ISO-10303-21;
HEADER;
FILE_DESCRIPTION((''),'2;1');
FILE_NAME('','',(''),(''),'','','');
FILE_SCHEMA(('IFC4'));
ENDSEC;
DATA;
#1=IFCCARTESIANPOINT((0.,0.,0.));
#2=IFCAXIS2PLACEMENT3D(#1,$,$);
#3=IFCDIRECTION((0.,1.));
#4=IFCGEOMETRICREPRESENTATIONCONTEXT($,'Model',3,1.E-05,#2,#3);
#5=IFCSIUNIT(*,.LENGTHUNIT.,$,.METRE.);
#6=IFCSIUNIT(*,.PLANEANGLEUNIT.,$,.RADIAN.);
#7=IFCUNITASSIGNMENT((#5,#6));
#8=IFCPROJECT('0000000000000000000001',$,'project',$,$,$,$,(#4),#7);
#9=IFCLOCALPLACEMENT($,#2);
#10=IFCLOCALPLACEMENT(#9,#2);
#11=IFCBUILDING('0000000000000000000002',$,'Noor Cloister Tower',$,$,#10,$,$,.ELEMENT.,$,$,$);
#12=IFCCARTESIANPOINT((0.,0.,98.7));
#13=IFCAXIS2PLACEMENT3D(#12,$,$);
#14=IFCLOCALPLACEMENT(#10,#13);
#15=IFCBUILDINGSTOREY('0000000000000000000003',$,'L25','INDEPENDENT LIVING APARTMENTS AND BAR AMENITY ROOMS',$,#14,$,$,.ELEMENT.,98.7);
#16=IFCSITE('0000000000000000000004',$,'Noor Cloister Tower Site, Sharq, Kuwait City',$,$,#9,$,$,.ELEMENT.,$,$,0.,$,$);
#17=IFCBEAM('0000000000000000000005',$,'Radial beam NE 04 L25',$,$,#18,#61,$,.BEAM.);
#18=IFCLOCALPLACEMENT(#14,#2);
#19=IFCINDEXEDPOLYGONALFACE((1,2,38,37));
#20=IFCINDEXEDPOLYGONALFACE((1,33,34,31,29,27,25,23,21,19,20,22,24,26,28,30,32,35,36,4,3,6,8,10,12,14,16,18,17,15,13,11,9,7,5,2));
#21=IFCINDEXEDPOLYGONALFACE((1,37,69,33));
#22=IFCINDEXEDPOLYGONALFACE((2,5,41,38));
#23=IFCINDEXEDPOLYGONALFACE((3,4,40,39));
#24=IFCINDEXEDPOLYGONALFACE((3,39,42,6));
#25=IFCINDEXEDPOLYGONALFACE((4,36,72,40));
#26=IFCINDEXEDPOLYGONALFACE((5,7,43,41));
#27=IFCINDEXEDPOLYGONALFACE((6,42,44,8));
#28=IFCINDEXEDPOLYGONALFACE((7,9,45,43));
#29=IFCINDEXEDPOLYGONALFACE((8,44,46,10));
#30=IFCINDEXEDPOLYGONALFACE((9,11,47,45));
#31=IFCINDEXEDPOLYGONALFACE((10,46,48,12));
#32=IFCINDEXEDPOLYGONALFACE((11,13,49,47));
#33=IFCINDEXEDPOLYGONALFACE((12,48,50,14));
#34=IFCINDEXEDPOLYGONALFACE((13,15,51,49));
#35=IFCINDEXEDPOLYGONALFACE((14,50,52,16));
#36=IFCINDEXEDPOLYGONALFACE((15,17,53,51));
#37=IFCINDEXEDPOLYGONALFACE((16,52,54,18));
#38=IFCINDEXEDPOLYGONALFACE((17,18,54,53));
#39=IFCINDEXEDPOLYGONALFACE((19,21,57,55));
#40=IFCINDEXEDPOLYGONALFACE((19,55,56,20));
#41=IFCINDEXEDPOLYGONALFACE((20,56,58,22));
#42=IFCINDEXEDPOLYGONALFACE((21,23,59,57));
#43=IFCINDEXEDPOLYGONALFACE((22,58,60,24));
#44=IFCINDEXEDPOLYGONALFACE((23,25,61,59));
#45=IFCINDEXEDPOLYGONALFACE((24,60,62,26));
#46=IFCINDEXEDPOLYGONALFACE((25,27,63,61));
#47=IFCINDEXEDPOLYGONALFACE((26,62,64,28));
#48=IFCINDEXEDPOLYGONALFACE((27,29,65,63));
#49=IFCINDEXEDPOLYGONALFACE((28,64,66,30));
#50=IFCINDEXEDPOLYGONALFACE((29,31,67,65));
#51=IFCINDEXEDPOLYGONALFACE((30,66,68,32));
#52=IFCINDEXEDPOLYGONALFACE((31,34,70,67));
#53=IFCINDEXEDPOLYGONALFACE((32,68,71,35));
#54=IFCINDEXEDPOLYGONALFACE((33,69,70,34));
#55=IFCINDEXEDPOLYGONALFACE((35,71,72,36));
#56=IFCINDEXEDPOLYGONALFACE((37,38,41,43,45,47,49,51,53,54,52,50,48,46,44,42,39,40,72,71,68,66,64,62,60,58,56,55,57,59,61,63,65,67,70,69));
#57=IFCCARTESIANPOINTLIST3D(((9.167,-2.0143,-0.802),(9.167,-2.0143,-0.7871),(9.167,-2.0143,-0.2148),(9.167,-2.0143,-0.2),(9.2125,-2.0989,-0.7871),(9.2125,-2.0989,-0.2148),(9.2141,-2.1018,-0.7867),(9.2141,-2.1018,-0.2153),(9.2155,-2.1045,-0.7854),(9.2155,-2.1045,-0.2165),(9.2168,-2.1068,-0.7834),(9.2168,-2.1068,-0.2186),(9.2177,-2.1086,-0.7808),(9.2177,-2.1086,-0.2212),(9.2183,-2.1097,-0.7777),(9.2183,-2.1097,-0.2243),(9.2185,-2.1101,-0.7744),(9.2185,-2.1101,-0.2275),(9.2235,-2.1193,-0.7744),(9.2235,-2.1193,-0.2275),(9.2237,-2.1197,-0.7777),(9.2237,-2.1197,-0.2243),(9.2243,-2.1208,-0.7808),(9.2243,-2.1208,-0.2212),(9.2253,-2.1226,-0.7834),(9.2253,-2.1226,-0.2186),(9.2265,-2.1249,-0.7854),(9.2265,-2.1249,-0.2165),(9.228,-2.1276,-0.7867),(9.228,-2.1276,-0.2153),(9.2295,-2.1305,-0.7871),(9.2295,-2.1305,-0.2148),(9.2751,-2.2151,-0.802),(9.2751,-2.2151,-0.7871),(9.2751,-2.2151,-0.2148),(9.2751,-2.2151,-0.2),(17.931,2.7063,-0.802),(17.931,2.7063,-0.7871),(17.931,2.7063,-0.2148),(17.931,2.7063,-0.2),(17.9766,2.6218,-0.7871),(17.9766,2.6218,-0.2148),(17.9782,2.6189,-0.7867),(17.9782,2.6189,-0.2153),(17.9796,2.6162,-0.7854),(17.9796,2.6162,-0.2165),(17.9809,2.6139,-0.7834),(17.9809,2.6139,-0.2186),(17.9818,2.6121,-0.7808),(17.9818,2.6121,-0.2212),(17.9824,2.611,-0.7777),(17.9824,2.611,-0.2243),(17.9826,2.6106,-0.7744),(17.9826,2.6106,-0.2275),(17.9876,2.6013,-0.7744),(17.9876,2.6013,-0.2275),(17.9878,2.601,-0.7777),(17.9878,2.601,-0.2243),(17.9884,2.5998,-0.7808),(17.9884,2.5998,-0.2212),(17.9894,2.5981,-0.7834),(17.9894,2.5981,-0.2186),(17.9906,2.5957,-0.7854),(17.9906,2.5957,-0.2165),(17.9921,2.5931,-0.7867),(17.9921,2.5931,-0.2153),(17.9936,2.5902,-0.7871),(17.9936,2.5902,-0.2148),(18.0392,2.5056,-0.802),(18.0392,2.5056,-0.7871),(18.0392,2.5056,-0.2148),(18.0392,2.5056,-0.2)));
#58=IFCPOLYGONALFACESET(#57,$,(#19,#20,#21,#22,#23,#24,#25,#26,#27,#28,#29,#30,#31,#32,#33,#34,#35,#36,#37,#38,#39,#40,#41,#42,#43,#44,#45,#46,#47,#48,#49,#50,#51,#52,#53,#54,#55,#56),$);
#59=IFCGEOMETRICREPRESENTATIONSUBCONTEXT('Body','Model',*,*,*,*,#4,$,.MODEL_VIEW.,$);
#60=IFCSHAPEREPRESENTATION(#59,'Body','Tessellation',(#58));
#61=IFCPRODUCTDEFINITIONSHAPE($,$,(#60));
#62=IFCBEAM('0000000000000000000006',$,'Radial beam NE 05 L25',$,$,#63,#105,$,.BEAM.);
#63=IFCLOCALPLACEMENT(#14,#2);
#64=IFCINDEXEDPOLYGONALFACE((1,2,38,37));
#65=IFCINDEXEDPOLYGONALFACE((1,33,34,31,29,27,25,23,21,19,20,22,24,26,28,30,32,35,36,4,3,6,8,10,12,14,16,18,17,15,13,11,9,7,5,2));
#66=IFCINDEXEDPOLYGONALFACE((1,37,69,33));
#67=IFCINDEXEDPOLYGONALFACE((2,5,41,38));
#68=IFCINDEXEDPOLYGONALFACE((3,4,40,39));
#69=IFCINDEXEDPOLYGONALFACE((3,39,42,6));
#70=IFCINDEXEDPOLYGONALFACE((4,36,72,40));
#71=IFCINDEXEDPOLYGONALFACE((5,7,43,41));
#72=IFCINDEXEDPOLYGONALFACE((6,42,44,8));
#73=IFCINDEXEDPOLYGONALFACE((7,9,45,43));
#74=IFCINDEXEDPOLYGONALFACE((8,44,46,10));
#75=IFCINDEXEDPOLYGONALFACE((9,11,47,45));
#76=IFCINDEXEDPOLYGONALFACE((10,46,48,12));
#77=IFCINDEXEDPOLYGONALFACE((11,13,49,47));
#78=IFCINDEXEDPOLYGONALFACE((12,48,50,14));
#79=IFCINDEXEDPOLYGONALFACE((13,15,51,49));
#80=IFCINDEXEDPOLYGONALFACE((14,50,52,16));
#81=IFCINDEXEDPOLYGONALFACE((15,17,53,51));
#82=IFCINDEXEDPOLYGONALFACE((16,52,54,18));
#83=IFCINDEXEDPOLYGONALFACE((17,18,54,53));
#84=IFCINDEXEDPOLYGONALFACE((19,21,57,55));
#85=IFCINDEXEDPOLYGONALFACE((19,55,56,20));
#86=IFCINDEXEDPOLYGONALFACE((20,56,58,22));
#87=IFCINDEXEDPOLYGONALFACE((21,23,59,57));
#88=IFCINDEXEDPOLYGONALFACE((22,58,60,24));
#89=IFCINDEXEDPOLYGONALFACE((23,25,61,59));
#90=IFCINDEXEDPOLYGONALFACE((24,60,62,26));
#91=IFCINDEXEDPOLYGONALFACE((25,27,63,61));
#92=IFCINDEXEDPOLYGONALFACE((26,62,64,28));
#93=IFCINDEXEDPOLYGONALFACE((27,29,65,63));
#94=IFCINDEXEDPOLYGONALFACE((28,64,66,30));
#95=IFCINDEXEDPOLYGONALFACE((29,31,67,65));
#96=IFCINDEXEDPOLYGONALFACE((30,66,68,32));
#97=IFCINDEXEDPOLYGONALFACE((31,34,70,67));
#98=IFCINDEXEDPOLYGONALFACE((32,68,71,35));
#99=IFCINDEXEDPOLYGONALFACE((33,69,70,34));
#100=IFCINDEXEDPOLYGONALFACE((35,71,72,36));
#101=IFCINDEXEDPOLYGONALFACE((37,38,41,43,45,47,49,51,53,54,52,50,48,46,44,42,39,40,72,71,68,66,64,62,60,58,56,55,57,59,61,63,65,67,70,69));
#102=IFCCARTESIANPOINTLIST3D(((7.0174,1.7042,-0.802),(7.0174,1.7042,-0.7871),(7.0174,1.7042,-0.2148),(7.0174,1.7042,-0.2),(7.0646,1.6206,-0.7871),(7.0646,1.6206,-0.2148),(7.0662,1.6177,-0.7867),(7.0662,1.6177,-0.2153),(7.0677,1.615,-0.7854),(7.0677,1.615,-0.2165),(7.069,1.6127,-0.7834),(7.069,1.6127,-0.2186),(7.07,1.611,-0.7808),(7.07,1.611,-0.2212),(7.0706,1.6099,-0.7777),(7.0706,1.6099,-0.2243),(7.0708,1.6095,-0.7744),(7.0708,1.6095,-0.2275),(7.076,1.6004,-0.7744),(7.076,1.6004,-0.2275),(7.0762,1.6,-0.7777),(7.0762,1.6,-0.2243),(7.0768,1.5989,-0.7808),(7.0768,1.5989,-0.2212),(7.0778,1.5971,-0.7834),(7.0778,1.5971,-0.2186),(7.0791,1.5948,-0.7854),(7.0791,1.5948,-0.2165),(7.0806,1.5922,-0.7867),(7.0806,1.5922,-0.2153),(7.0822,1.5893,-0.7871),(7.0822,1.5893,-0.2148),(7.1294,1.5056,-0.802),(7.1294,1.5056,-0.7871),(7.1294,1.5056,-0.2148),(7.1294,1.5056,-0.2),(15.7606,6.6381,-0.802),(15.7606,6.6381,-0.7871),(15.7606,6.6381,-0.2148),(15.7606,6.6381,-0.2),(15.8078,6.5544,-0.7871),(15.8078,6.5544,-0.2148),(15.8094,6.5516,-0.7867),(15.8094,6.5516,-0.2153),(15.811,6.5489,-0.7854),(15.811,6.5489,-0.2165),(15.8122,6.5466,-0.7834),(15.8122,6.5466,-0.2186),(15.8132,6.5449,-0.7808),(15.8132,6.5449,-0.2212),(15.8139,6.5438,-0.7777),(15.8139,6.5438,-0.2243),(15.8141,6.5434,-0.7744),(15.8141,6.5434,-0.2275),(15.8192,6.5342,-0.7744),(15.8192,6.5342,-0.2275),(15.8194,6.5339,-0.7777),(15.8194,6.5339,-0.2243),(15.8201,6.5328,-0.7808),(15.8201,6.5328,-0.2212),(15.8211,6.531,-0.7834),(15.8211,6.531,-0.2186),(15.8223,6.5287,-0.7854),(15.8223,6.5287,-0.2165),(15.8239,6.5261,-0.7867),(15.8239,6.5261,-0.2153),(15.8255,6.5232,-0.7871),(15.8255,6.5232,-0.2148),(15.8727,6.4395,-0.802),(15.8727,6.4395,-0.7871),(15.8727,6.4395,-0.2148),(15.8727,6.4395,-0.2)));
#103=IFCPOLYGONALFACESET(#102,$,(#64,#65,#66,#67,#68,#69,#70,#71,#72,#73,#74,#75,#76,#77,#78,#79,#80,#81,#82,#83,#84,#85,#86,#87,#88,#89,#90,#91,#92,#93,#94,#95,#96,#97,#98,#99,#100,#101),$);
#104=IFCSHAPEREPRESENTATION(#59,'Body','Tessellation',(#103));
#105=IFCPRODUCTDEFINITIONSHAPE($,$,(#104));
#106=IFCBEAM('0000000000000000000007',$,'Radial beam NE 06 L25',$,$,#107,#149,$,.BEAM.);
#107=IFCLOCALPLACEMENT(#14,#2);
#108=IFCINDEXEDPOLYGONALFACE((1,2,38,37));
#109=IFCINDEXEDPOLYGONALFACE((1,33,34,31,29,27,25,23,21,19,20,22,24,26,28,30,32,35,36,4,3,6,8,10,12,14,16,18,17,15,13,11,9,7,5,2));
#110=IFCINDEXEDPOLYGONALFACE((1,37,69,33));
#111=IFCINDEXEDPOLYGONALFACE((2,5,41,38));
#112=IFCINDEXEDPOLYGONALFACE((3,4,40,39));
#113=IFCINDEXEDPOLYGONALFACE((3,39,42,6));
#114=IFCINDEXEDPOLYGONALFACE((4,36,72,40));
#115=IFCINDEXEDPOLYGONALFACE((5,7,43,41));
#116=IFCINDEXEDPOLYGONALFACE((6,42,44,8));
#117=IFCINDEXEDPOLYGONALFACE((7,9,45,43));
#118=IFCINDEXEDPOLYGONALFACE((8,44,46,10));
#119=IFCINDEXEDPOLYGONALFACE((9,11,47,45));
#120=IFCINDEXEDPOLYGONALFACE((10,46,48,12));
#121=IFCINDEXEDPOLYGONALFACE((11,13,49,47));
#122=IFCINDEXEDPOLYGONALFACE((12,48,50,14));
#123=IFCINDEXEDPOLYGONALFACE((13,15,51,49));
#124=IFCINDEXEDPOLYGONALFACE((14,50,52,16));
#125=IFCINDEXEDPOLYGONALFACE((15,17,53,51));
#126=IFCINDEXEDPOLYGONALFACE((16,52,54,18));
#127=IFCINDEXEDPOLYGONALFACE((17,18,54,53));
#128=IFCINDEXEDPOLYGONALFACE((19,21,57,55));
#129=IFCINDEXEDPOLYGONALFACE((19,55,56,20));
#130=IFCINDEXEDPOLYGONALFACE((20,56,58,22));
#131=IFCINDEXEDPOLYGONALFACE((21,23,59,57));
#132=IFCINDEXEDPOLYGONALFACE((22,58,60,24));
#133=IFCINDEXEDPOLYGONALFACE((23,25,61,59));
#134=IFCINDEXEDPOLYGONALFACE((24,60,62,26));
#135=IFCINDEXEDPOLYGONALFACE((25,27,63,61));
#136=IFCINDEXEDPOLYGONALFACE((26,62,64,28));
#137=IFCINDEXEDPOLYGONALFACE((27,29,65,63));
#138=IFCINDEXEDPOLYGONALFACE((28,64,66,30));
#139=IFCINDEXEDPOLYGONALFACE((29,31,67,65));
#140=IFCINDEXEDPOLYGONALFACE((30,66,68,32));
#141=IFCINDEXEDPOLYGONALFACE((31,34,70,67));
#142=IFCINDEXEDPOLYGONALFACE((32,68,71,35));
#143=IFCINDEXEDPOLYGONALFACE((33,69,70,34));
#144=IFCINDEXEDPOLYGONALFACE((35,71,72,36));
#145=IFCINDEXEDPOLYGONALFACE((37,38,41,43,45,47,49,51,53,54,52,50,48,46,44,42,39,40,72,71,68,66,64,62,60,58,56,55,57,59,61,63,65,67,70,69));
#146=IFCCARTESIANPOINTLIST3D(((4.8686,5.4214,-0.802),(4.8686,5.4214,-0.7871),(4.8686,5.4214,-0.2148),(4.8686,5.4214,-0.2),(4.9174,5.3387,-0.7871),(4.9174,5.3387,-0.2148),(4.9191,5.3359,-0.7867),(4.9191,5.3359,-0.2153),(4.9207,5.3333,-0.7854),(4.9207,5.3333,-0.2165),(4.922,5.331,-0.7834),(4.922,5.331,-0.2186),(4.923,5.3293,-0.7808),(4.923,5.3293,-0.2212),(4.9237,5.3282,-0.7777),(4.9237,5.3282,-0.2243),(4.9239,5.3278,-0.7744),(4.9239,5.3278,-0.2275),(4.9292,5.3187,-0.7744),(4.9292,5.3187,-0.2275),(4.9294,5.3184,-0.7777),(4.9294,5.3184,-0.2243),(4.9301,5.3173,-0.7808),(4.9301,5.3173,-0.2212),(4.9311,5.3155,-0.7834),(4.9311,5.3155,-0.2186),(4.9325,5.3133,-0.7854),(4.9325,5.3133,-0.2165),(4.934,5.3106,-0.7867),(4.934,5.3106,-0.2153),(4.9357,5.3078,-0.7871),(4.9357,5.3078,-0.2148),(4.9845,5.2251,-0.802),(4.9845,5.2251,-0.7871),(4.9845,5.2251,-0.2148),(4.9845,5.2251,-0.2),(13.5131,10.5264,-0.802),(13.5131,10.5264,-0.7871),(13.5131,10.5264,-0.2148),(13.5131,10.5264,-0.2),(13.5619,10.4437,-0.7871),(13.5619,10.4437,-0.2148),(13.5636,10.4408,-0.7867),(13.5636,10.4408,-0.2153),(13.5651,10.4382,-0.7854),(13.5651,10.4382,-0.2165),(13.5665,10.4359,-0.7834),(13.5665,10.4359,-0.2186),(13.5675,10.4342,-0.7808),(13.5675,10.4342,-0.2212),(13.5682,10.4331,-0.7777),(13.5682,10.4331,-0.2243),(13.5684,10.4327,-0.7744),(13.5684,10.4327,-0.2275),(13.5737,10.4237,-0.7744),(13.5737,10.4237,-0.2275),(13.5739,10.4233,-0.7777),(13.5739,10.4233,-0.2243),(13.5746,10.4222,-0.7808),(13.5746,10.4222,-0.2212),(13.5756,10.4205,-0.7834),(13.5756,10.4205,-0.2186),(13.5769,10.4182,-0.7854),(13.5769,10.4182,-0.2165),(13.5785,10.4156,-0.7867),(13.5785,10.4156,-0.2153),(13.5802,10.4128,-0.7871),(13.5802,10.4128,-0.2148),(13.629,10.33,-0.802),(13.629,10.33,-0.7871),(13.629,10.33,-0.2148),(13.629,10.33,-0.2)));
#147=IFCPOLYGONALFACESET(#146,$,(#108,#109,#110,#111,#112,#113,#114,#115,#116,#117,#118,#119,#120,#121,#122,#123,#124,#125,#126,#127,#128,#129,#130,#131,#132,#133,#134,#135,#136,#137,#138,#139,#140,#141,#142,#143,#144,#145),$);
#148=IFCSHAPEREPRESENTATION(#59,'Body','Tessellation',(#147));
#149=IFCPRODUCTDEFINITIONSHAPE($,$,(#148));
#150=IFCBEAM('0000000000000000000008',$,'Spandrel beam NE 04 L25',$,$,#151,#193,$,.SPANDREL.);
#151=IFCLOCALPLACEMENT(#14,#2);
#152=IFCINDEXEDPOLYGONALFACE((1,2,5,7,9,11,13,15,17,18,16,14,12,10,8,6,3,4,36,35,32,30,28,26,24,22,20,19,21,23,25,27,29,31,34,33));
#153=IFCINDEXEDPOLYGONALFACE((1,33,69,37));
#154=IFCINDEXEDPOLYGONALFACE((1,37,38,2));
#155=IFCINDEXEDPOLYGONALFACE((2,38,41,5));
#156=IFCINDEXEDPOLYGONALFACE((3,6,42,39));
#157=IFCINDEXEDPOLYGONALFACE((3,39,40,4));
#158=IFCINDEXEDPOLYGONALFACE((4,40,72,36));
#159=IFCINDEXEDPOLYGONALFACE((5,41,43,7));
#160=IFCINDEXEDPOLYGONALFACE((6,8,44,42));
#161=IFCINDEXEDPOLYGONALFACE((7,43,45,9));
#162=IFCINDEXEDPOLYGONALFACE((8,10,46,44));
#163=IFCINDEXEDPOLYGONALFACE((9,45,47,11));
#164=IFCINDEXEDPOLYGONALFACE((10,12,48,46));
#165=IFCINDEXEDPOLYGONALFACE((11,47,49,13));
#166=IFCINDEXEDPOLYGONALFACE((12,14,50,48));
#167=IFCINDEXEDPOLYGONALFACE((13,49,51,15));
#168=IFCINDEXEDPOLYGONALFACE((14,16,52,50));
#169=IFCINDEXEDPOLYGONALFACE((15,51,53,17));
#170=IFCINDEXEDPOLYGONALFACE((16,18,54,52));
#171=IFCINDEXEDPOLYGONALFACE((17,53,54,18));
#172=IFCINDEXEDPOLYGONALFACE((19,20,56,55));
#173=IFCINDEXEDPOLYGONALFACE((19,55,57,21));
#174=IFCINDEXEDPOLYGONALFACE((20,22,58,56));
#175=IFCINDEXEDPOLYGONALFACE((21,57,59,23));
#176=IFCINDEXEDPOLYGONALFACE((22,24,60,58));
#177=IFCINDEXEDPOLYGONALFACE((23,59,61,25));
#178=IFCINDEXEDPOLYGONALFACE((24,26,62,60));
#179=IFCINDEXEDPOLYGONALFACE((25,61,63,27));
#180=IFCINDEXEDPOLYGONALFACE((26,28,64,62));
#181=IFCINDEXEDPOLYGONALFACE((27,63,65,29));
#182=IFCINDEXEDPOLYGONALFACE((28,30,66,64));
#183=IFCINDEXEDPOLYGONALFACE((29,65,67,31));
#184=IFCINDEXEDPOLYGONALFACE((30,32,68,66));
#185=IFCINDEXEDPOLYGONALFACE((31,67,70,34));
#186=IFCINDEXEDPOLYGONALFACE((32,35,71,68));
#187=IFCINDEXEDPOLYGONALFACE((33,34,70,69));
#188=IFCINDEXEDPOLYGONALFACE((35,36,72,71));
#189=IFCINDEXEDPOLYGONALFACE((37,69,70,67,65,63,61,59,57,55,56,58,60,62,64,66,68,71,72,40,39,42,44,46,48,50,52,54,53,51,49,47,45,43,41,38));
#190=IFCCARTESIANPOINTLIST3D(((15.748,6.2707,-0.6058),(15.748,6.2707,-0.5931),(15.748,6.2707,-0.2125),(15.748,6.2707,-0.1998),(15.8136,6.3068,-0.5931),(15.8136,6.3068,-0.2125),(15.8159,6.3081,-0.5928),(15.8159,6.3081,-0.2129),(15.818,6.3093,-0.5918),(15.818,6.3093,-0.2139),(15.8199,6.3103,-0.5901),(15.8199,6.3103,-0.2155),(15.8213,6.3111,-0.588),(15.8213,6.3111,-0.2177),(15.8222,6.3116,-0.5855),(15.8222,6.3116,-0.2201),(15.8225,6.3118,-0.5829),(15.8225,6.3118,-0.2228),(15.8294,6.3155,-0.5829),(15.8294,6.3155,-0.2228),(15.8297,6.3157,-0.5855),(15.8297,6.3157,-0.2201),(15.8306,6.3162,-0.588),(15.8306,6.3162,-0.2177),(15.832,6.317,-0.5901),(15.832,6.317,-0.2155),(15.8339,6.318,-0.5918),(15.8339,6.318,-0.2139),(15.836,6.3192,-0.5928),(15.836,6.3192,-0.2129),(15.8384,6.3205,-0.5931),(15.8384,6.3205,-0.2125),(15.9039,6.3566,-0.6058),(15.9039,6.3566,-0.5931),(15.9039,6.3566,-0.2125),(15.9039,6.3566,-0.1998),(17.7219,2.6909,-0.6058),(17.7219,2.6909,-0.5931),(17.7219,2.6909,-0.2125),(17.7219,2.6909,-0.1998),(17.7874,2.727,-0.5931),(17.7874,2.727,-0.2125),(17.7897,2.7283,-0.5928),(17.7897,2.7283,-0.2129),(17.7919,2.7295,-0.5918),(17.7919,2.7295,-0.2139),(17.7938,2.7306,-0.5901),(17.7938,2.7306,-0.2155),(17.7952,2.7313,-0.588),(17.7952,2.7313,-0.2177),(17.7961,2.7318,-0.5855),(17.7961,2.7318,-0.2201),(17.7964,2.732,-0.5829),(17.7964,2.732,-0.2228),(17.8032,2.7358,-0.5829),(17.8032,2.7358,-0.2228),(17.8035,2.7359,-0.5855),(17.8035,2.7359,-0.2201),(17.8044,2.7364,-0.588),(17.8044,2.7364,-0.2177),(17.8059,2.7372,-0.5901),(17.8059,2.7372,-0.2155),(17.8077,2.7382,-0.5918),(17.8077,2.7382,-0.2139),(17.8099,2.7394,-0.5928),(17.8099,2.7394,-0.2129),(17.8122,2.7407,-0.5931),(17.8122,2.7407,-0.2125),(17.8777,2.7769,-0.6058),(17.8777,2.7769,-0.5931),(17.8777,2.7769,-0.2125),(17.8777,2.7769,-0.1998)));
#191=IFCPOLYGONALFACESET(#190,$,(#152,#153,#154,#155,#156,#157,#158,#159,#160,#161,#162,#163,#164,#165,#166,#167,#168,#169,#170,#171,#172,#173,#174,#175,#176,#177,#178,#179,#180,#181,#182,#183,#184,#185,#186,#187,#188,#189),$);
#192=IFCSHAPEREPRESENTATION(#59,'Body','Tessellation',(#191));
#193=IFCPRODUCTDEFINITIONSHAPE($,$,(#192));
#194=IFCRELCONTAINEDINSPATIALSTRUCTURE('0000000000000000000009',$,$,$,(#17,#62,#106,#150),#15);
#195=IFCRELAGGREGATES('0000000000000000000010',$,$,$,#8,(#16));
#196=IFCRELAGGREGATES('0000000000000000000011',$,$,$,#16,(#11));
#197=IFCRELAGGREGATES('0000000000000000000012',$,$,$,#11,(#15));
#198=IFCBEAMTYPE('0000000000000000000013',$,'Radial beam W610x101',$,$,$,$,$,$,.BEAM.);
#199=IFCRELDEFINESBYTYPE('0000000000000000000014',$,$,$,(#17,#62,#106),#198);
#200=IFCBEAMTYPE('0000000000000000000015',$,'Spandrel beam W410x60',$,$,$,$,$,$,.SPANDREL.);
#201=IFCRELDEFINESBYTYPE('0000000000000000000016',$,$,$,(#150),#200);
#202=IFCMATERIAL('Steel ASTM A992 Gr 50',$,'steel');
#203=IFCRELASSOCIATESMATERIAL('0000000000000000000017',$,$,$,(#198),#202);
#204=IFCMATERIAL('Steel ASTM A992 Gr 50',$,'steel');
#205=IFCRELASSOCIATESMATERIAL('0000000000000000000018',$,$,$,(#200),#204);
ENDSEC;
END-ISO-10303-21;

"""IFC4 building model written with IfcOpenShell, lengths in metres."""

from ifc_helpers import new_model, si_unit, direction, frame, origin, origin_2d, place, context, subcontext, project, spatial, i_section, extrude, material, material_profile, profile_set, type_object, element, save


model = new_model("IFC4")

# Units and contexts
model_context = context("Model", 3, precision=1e-05, world=origin(), true_north=direction((0.0, 1.0)))
body_context = subcontext(model_context, "Body", "Model", "MODEL_VIEW")
ifc_project = project(units=[si_unit("LENGTHUNIT", "METRE"), si_unit("PLANEANGLEUNIT", "RADIAN")], contexts=[model_context])

# Site, building, storey
site_placement = place(None, origin())
site = spatial("IfcSite", under=ifc_project, at=site_placement, Name="Noor Cloister Tower Site, Sharq, Kuwait City", CompositionType="ELEMENT", RefElevation=0.0)
building_placement = place(site_placement, origin())
building = spatial("IfcBuilding", under=site, at=building_placement, Name="Noor Cloister Tower", CompositionType="ELEMENT")
storey_placement = place(building_placement, frame((0.0, 0.0, 98.7)))
storey = spatial("IfcBuildingStorey", under=building, at=storey_placement, Name="L25", Description="INDEPENDENT LIVING APARTMENTS AND BAR AMENITY ROOMS", CompositionType="ELEMENT", Elevation=98.7)

# Beams
ifc_material_1 = material(Name="Steel ASTM A992 Gr 50", Category="steel")
ifc_material_profile_1 = material_profile(ifc_material_1, i_section(OverallWidth=0.228, OverallDepth=0.6021, WebThickness=0.0105, FlangeThickness=0.0149, FilletRadius=0.0127, at=origin_2d()), Name="W610x101")
ifc_profile_set_1 = profile_set([ifc_material_profile_1], Name="Steel ASTM A992 Gr 50")
beam_type_1 = type_object("IfcBeamType", Name="Radial beam W610x101", PredefinedType="BEAM", material=ifc_profile_set_1)
beam_1_placement = place(storey_placement, frame((17.9851, 2.606, -0.501), z_axis=(-0.880407, -0.47422, 0.0), x_axis=(0.47422, -0.880407, 0.0)))
element("IfcBeam", 1, at=beam_1_placement, inside=storey, type_object=beam_type_1, Name="Radial beam NE 04 L25", PredefinedType="BEAM", context=body_context, shape_type="SweptSolid", body=[
    extrude(i_section(OverallWidth=0.228, OverallDepth=0.6021, WebThickness=0.0105, FlangeThickness=0.0149, FilletRadius=0.0127, at=origin_2d()), origin(), (0.0, 0.0, 1.0), 9.9546),
])
for number, where, z_axis, x_axis, name in (
    (2, (15.8167, 6.5388, -0.501), (-0.870902, -0.491457, 0.0), (0.491457, -0.870902, 0.0), "Radial beam NE 05 L25"),
    (3, (13.571, 10.4282, -0.501), (-0.861064, -0.508497, 0.0), (0.508497, -0.861064, 0.0), "Radial beam NE 06 L25"),
):
    element("IfcBeam", number, at=place(storey_placement, frame(where, z_axis=z_axis, x_axis=x_axis)), inside=storey, type_object=beam_type_1, Name=name, PredefinedType="BEAM", context=body_context, shape_type="SweptSolid", body=[
        extrude(i_section(OverallWidth=0.228, OverallDepth=0.6021, WebThickness=0.0105, FlangeThickness=0.0149, FilletRadius=0.0127, at=origin_2d()), origin(), (0.0, 0.0, 1.0), 10.0393),
    ])
ifc_material_2 = material(Name="Steel ASTM A992 Gr 50", Category="steel")
ifc_material_profile_2 = material_profile(ifc_material_2, i_section(OverallWidth=0.178, OverallDepth=0.406, WebThickness=0.0078, FlangeThickness=0.0127, FilletRadius=0.0103, at=origin_2d()), Name="W410x60")
ifc_profile_set_2 = profile_set([ifc_material_profile_2], Name="Steel ASTM A992 Gr 50")
beam_type_2 = type_object("IfcBeamType", Name="Spandrel beam W410x60", PredefinedType="SPANDREL", material=ifc_profile_set_2)
beam_2_placement = place(storey_placement, frame((17.7998, 2.7339, -0.4028), z_axis=(-0.482852, 0.875702, 0.0), x_axis=(-0.875702, -0.482852, 0.0)))
element("IfcBeam", 4, at=beam_2_placement, inside=storey, type_object=beam_type_2, Name="Spandrel beam NE 04 L25", PredefinedType="SPANDREL", context=body_context, shape_type="SweptSolid", body=[
    extrude(i_section(OverallWidth=0.178, OverallDepth=0.406, WebThickness=0.0078, FlangeThickness=0.0127, FilletRadius=0.0103, at=origin_2d()), origin(), (0.0, 0.0, 1.0), 4.0879),
])

save(model, "model.ifc")
